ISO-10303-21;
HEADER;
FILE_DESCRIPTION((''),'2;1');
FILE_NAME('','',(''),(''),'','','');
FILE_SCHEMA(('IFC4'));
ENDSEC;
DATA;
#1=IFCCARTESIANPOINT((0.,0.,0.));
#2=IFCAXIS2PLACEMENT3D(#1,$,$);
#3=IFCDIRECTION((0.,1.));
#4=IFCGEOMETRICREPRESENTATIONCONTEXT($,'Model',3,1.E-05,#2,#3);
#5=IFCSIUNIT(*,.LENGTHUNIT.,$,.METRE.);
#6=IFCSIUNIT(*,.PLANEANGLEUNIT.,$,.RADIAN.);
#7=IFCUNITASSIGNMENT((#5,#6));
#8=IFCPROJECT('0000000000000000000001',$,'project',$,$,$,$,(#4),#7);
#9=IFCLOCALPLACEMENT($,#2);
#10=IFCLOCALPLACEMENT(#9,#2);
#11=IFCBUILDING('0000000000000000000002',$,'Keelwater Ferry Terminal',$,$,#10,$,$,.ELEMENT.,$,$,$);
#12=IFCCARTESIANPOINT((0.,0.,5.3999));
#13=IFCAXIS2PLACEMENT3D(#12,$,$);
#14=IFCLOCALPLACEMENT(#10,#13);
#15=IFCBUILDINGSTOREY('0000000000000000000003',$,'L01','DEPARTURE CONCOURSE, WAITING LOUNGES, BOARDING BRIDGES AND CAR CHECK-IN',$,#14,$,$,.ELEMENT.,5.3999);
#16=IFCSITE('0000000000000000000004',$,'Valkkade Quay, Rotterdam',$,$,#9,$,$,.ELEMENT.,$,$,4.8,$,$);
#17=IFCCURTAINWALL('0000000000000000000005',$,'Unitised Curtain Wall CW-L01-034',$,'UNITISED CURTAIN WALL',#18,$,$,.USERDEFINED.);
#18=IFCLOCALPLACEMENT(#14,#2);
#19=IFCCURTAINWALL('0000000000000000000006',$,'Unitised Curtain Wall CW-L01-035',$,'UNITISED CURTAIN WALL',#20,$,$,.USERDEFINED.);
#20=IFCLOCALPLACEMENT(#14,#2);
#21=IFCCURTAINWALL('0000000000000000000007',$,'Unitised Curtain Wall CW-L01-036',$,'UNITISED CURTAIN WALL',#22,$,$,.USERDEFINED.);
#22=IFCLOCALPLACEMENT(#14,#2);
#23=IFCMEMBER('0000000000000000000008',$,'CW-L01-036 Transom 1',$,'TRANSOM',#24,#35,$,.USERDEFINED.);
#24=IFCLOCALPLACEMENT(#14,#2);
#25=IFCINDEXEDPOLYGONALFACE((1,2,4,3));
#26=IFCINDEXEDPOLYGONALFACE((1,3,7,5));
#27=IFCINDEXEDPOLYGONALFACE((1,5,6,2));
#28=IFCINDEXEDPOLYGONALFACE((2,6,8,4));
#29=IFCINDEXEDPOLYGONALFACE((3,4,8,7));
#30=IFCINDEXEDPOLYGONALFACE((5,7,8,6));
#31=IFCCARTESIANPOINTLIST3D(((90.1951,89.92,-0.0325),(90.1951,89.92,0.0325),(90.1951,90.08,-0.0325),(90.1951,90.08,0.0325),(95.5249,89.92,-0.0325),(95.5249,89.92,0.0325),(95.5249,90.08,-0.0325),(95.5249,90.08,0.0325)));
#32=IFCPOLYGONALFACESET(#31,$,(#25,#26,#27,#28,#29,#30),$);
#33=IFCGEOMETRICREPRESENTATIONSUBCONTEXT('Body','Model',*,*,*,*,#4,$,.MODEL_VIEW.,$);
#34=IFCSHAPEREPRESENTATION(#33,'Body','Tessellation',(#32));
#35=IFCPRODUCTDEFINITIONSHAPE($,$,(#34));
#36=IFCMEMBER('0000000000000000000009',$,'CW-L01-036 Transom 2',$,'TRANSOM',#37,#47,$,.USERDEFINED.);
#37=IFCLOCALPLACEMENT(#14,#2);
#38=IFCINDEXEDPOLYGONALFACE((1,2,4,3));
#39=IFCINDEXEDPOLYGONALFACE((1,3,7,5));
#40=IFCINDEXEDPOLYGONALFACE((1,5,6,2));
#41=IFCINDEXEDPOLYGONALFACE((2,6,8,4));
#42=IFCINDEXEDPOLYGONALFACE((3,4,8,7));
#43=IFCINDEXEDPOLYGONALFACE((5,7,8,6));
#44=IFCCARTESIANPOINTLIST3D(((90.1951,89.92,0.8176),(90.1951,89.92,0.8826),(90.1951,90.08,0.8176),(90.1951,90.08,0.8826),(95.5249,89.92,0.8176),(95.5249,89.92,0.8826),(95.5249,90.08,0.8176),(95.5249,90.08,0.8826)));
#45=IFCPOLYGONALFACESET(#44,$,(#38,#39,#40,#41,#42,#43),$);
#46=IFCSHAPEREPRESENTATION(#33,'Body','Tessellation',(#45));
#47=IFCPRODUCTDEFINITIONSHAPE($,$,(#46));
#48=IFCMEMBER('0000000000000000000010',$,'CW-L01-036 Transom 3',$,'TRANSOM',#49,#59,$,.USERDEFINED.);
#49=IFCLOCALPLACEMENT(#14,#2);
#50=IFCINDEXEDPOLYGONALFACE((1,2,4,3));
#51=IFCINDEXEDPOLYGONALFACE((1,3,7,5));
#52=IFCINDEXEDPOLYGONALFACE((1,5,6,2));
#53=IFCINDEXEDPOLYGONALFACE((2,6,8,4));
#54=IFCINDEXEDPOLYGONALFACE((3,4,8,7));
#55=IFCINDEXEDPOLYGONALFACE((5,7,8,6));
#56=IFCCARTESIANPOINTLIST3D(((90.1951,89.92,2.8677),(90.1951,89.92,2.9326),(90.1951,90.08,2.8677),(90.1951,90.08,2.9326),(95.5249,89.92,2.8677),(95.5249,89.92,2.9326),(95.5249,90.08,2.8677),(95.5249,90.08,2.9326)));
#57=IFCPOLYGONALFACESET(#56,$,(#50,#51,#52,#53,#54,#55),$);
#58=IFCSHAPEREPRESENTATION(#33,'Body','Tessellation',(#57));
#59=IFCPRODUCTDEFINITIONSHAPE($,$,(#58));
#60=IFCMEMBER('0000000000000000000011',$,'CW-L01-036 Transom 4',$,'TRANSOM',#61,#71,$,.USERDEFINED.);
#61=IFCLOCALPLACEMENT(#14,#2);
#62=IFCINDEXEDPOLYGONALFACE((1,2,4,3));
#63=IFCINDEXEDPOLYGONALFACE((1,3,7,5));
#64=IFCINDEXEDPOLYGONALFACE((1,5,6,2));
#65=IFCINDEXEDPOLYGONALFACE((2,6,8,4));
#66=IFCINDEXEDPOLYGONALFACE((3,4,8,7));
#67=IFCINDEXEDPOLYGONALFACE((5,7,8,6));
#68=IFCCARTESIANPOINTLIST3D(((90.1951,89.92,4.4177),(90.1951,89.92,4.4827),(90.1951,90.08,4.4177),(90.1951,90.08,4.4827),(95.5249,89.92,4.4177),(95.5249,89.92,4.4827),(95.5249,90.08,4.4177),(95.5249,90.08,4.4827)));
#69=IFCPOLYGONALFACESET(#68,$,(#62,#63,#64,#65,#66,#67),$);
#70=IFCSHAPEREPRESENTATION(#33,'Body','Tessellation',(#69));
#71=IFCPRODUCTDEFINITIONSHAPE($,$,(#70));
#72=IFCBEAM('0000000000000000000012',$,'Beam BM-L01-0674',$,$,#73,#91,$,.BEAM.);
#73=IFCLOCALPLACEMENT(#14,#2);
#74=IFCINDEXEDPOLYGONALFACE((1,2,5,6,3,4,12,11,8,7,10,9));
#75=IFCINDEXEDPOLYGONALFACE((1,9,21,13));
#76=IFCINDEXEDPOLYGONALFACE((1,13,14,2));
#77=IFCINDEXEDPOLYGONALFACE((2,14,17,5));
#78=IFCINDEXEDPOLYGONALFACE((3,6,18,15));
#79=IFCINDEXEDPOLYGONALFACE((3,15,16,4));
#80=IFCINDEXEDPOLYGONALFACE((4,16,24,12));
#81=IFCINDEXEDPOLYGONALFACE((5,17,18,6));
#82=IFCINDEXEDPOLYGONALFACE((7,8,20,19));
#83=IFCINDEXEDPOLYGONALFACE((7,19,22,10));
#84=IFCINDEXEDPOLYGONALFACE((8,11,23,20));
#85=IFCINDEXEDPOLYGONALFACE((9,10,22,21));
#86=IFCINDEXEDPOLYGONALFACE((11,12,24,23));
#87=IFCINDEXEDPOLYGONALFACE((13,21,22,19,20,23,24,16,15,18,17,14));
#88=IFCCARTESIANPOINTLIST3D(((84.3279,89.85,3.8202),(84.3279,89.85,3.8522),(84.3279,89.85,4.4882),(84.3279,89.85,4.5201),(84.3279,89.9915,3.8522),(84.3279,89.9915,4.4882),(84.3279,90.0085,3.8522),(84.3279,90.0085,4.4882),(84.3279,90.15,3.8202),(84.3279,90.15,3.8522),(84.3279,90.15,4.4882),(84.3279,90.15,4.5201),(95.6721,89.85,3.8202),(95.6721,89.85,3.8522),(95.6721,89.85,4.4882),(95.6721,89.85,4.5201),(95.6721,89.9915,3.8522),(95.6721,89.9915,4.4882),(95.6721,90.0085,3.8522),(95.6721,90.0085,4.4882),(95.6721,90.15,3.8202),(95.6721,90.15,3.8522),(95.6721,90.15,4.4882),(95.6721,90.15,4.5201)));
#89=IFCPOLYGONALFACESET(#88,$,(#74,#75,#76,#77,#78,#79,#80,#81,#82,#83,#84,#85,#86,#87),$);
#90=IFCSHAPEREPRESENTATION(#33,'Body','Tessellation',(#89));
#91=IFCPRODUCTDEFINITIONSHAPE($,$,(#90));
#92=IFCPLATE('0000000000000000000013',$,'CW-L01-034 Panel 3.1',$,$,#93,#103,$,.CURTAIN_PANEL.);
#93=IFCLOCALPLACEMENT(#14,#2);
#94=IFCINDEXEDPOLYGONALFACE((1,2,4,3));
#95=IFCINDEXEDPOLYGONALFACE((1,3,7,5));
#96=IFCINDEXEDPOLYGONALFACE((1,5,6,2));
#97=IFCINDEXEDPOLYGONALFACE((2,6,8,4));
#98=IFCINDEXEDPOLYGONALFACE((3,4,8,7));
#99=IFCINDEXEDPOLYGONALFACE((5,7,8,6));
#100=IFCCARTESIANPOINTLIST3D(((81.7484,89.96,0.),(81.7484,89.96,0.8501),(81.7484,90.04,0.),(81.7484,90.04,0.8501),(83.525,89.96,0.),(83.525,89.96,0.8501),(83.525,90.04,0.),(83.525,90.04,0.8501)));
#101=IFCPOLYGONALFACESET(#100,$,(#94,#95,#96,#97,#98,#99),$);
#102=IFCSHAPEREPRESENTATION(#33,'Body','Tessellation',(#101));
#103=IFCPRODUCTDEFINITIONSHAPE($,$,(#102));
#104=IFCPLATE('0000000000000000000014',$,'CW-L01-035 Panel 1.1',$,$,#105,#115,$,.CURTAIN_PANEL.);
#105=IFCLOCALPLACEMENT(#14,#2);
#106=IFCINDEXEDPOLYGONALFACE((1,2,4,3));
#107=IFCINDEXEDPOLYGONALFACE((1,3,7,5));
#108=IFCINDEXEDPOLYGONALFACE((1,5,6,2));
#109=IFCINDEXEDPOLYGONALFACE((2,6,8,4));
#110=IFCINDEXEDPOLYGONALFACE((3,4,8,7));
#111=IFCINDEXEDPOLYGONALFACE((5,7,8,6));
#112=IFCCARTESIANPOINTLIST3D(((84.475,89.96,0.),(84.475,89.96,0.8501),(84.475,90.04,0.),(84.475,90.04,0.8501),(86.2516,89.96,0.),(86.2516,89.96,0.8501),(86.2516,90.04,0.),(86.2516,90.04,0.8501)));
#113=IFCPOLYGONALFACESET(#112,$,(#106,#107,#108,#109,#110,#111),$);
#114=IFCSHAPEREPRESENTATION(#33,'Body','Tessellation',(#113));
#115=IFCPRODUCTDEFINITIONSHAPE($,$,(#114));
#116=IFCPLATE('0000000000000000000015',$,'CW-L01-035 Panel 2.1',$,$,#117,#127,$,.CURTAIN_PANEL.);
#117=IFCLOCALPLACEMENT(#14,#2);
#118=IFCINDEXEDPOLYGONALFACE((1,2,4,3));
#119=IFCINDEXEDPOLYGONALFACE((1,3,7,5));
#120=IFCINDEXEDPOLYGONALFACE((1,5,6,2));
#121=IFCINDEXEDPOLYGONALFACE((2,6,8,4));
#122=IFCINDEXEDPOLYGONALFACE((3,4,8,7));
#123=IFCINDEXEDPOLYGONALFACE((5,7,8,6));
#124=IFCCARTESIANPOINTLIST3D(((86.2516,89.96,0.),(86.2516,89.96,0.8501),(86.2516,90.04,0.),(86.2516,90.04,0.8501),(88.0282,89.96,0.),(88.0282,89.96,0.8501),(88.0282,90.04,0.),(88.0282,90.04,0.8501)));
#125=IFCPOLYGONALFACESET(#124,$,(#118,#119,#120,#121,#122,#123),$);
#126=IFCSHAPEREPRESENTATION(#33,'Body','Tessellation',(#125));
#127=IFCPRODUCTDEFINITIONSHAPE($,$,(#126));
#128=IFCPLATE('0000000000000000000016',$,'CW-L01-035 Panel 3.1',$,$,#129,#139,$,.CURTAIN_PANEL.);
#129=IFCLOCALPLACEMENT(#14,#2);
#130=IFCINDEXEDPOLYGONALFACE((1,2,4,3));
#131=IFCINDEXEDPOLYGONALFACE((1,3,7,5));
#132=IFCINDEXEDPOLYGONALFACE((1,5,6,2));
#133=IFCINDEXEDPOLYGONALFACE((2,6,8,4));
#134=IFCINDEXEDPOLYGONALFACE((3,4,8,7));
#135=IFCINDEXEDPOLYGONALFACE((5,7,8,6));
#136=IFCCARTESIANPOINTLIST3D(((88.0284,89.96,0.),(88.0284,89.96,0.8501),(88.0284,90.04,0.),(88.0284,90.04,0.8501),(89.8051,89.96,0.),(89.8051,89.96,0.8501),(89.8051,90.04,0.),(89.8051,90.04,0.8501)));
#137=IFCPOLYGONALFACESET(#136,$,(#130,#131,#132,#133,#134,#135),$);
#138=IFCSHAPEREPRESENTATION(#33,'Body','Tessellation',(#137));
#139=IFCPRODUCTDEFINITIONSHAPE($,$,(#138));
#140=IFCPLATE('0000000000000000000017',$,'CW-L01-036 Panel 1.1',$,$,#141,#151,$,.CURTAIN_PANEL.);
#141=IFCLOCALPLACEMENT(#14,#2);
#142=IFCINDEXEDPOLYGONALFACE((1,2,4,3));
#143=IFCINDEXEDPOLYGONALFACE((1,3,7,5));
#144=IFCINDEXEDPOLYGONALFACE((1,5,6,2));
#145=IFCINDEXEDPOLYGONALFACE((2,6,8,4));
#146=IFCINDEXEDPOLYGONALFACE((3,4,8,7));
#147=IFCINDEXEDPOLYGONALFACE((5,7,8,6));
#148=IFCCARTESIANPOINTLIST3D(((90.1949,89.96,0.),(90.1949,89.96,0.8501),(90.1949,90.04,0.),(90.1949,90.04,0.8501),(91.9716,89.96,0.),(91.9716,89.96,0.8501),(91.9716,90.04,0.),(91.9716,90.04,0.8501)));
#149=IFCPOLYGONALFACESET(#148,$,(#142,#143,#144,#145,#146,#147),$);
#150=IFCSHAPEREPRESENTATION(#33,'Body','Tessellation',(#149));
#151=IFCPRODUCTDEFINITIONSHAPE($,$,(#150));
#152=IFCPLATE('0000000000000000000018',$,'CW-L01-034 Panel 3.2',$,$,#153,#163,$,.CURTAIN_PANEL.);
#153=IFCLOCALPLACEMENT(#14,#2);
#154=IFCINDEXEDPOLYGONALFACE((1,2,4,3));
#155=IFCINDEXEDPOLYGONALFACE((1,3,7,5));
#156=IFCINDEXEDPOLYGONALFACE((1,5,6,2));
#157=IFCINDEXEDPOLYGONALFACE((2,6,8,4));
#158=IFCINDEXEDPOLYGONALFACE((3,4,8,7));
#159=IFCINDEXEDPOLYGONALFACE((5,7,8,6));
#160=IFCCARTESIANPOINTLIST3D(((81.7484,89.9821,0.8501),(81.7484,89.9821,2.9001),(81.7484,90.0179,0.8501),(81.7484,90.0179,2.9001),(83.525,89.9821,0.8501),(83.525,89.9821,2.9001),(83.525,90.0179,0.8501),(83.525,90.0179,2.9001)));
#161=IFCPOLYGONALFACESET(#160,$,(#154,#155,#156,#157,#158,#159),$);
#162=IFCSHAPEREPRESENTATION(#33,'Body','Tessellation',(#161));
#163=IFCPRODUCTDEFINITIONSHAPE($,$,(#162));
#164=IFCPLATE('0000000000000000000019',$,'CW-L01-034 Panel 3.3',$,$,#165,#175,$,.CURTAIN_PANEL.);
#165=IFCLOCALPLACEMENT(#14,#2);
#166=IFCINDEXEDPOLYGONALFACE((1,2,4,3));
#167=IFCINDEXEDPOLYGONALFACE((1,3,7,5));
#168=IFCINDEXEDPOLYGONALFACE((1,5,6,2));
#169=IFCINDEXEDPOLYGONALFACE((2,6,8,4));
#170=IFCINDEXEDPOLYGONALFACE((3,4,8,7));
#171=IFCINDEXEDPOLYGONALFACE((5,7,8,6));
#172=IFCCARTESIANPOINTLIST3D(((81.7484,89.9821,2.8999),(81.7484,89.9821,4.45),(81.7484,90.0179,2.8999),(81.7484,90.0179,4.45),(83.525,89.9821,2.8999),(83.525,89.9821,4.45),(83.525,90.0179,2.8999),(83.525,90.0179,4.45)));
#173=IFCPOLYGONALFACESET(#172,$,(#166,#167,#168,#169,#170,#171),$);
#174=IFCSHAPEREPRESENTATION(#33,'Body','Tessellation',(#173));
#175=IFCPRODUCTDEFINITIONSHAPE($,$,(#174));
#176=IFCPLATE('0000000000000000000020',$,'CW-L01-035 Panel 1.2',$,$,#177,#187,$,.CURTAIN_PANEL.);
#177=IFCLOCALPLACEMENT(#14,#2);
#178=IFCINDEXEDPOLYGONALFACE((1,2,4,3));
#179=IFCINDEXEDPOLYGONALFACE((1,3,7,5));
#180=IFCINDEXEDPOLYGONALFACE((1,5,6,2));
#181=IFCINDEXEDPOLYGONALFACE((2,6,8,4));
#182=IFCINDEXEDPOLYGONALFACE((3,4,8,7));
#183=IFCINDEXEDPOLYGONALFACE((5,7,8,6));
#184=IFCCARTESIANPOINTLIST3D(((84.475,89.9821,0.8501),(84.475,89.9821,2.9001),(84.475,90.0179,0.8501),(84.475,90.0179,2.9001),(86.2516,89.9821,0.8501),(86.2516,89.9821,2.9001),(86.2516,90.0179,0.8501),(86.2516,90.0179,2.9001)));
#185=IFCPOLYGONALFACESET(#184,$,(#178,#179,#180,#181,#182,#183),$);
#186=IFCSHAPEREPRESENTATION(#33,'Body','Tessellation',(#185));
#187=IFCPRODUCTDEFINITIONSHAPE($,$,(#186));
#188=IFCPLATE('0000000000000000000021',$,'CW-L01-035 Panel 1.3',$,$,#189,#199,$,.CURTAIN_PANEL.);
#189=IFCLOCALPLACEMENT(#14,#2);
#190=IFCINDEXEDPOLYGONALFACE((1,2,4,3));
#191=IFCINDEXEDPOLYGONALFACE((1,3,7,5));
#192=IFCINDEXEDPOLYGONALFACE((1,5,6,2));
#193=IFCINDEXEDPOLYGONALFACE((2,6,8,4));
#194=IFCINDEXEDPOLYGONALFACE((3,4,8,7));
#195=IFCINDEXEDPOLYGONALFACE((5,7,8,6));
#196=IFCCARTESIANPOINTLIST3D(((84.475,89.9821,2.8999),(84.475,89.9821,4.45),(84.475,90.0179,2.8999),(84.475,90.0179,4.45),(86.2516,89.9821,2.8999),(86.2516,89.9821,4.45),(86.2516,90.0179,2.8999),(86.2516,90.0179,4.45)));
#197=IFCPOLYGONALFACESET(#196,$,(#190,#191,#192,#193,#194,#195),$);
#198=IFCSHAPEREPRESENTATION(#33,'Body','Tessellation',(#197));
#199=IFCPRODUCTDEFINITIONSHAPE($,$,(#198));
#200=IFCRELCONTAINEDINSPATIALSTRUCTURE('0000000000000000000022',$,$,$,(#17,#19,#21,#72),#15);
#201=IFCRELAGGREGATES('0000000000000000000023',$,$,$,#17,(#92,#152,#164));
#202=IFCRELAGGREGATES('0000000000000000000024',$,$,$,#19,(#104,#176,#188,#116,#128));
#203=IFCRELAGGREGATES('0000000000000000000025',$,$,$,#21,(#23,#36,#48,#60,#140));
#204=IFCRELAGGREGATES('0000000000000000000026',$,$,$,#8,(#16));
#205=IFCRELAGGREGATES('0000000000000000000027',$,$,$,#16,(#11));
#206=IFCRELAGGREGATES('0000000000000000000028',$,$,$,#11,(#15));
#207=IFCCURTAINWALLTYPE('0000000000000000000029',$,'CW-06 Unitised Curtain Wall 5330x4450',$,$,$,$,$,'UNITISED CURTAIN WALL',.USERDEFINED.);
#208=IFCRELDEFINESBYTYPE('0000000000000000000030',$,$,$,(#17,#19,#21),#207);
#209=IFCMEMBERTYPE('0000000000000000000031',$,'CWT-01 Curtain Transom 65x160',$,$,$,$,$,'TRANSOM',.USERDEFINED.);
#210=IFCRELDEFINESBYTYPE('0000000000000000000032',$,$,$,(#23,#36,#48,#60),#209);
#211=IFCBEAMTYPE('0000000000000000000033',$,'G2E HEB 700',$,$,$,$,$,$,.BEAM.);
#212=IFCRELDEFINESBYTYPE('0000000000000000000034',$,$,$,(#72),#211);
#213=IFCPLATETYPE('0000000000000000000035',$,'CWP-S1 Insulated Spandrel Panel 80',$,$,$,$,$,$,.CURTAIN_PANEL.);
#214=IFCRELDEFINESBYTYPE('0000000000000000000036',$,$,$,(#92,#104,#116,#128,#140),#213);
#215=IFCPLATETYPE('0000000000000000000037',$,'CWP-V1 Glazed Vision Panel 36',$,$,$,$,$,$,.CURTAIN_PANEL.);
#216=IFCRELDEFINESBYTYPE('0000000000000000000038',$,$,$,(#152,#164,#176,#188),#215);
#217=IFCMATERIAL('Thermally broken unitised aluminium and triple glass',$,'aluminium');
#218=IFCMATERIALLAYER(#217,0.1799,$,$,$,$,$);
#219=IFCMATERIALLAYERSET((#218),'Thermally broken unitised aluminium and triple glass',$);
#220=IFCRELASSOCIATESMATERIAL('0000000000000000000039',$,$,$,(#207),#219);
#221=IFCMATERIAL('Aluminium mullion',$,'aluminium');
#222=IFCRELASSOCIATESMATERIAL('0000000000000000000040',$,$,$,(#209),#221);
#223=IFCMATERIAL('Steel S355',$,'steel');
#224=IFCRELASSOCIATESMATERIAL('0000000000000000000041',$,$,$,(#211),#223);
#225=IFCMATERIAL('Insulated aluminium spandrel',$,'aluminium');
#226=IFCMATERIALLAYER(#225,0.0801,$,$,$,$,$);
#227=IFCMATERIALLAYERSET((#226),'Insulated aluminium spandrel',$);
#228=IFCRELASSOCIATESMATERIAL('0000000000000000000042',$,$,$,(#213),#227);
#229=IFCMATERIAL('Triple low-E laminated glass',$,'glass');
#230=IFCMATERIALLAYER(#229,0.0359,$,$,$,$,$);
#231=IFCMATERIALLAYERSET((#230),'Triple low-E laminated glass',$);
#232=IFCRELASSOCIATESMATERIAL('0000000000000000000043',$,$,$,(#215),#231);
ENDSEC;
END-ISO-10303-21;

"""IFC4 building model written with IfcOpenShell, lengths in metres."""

from ifc_helpers import new_model, si_unit, direction, frame, origin, origin_2d, place, context, subcontext, project, spatial, rectangle, i_section, extrude, material, layer, layer_set, material_profile, profile_set, type_object, element, aggregate, save


model = new_model("IFC4")

# Units and contexts
model_context = context("Model", 3, precision=1e-05, world=origin(), true_north=direction((0.0, 1.0)))
body_context = subcontext(model_context, "Body", "Model", "MODEL_VIEW")
ifc_project = project(units=[si_unit("LENGTHUNIT", "METRE"), si_unit("PLANEANGLEUNIT", "RADIAN")], contexts=[model_context])

# Site, building, storey
site_placement = place(None, origin())
site = spatial("IfcSite", under=ifc_project, at=site_placement, Name="Valkkade Quay, Rotterdam", CompositionType="ELEMENT", RefElevation=4.8)
building_placement = place(site_placement, origin())
building = spatial("IfcBuilding", under=site, at=building_placement, Name="Keelwater Ferry Terminal", CompositionType="ELEMENT")
storey_placement = place(building_placement, frame((0.0, 0.0, 5.3999)))
storey = spatial("IfcBuildingStorey", under=building, at=storey_placement, Name="L01", Description="DEPARTURE CONCOURSE, WAITING LOUNGES, BOARDING BRIDGES AND CAR CHECK-IN", CompositionType="ELEMENT", Elevation=5.3999)

# Curtain walls
ifc_material_1 = material(Name="Thermally broken unitised aluminium and triple glass", Category="aluminium")
ifc_layer_1 = layer(ifc_material_1, 0.1799)
ifc_layer_set_1 = layer_set([ifc_layer_1], Name="Thermally broken unitised aluminium and triple glass")
curtain_wall_type = type_object("IfcCurtainWallType", Name="CW-06 Unitised Curtain Wall 5330x4450", ElementType="UNITISED CURTAIN WALL", PredefinedType="USERDEFINED", material=ifc_layer_set_1)
curtain_wall_1_placement = place(storey_placement, origin())
curtain_wall_1 = element("IfcCurtainWall", 1, at=curtain_wall_1_placement, inside=storey, type_object=curtain_wall_type, Name="Unitised Curtain Wall CW-L01-034", ObjectType="UNITISED CURTAIN WALL", PredefinedType="USERDEFINED")
curtain_wall_2_placement = place(storey_placement, origin())
curtain_wall_2 = element("IfcCurtainWall", 2, at=curtain_wall_2_placement, inside=storey, type_object=curtain_wall_type, Name="Unitised Curtain Wall CW-L01-035", ObjectType="UNITISED CURTAIN WALL", PredefinedType="USERDEFINED")

# Curtain wall
curtain_wall_3_placement = place(storey_placement, origin())
curtain_wall_3 = element("IfcCurtainWall", 3, at=curtain_wall_3_placement, inside=storey, type_object=curtain_wall_type, Name="Unitised Curtain Wall CW-L01-036", ObjectType="UNITISED CURTAIN WALL", PredefinedType="USERDEFINED")

# Members
ifc_material_2 = material(Name="Aluminium mullion", Category="aluminium")
ifc_material_profile_1 = material_profile(ifc_material_2, rectangle(XDim=0.1599, YDim=0.0649, at=origin_2d()), Name="CWT-01")
ifc_profile_set_1 = profile_set([ifc_material_profile_1], Name="Aluminium mullion")
member_type_1 = type_object("IfcMemberType", Name="CWT-01 Curtain Transom 65x160", ElementType="TRANSOM", PredefinedType="USERDEFINED", material=ifc_profile_set_1)
member_1_placement = place(storey_placement, frame((90.1951, 90.0, 0.0), z_axis=(1.0, 0.0, 0.0), x_axis=(0.0, 1.0, 0.0)))
member_1 = element("IfcMember", 4, at=member_1_placement, type_object=member_type_1, Name="CW-L01-036 Transom 1", ObjectType="TRANSOM", PredefinedType="USERDEFINED", context=body_context, shape_type="SweptSolid", body=[
    extrude(rectangle(XDim=0.1599, YDim=0.0649, at=origin_2d()), origin(), (0.0, 0.0, 1.0), 5.3298),
])
member_2_placement = place(storey_placement, frame((90.1951, 90.0, 0.8501), z_axis=(1.0, 0.0, 0.0), x_axis=(0.0, 1.0, 0.0)))
member_2 = element("IfcMember", 5, at=member_2_placement, type_object=member_type_1, Name="CW-L01-036 Transom 2", ObjectType="TRANSOM", PredefinedType="USERDEFINED", context=body_context, shape_type="SweptSolid", body=[
    extrude(rectangle(XDim=0.1599, YDim=0.0649, at=origin_2d()), origin(), (0.0, 0.0, 1.0), 5.3298),
])
member_3_placement = place(storey_placement, frame((90.1951, 90.0, 2.9001), z_axis=(1.0, 0.0, 0.0), x_axis=(0.0, 1.0, 0.0)))
member_3 = element("IfcMember", 6, at=member_3_placement, type_object=member_type_1, Name="CW-L01-036 Transom 3", ObjectType="TRANSOM", PredefinedType="USERDEFINED", context=body_context, shape_type="SweptSolid", body=[
    extrude(rectangle(XDim=0.1599, YDim=0.0649, at=origin_2d()), origin(), (0.0, 0.0, 1.0), 5.3298),
])
member_4_placement = place(storey_placement, frame((90.1951, 90.0, 4.4502), z_axis=(1.0, 0.0, 0.0), x_axis=(0.0, 1.0, 0.0)))
member_4 = element("IfcMember", 7, at=member_4_placement, type_object=member_type_1, Name="CW-L01-036 Transom 4", ObjectType="TRANSOM", PredefinedType="USERDEFINED", context=body_context, shape_type="SweptSolid", body=[
    extrude(rectangle(XDim=0.1599, YDim=0.0649, at=origin_2d()), origin(), (0.0, 0.0, 1.0), 5.3298),
])

# Beam
ifc_material_3 = material(Name="Steel S355", Category="steel")
ifc_material_profile_2 = material_profile(ifc_material_3, i_section(OverallWidth=0.3, OverallDepth=0.7, WebThickness=0.0171, FlangeThickness=0.032, at=origin_2d()), Name="HEB 700")
ifc_profile_set_2 = profile_set([ifc_material_profile_2], Name="Steel S355")
beam_type = type_object("IfcBeamType", Name="G2E HEB 700", PredefinedType="BEAM", material=ifc_profile_set_2)
beam_placement = place(storey_placement, frame((84.3279, 90.0, 4.1702), z_axis=(1.0, 0.0, 0.0), x_axis=(0.0, 1.0, 0.0)))
element("IfcBeam", 8, at=beam_placement, inside=storey, type_object=beam_type, Name="Beam BM-L01-0674", PredefinedType="BEAM", context=body_context, shape_type="SweptSolid", body=[
    extrude(i_section(OverallWidth=0.3, OverallDepth=0.7, WebThickness=0.0171, FlangeThickness=0.032, at=origin_2d()), origin(), (0.0, 0.0, 1.0), 11.3442),
])

# Plates
ifc_material_4 = material(Name="Insulated aluminium spandrel", Category="aluminium")
ifc_layer_2 = layer(ifc_material_4, 0.0801)
ifc_layer_set_2 = layer_set([ifc_layer_2], Name="Insulated aluminium spandrel")
plate_type_1 = type_object("IfcPlateType", Name="CWP-S1 Insulated Spandrel Panel 80", PredefinedType="CURTAIN_PANEL", material=ifc_layer_set_2)
plate_1_placement = place(storey_placement, frame((82.6367, 90.0, 0.0), z_axis=(0.0, 0.0, 1.0), x_axis=(1.0, 0.0, 0.0)))
plate_1 = element("IfcPlate", 9, at=plate_1_placement, type_object=plate_type_1, Name="CW-L01-034 Panel 3.1", PredefinedType="CURTAIN_PANEL", context=body_context, shape_type="SweptSolid", body=[
    extrude(rectangle(XDim=1.7766, YDim=0.0801, at=origin_2d()), origin(), (0.0, 0.0, 1.0), 0.8501),
])
plate_2_placement = place(storey_placement, frame((85.3633, 90.0, 0.0), z_axis=(0.0, 0.0, 1.0), x_axis=(1.0, 0.0, 0.0)))
plate_2 = element("IfcPlate", 10, at=plate_2_placement, type_object=plate_type_1, Name="CW-L01-035 Panel 1.1", PredefinedType="CURTAIN_PANEL", context=body_context, shape_type="SweptSolid", body=[
    extrude(rectangle(XDim=1.7766, YDim=0.0801, at=origin_2d()), origin(), (0.0, 0.0, 1.0), 0.8501),
])
plate_3_placement = place(storey_placement, frame((87.1399, 90.0, 0.0), z_axis=(0.0, 0.0, 1.0), x_axis=(1.0, 0.0, 0.0)))
plate_3 = element("IfcPlate", 11, at=plate_3_placement, type_object=plate_type_1, Name="CW-L01-035 Panel 2.1", PredefinedType="CURTAIN_PANEL", context=body_context, shape_type="SweptSolid", body=[
    extrude(rectangle(XDim=1.7766, YDim=0.0801, at=origin_2d()), origin(), (0.0, 0.0, 1.0), 0.8501),
])
plate_4_placement = place(storey_placement, frame((88.9167, 90.0, 0.0), z_axis=(0.0, 0.0, 1.0), x_axis=(1.0, 0.0, 0.0)))
plate_4 = element("IfcPlate", 12, at=plate_4_placement, type_object=plate_type_1, Name="CW-L01-035 Panel 3.1", PredefinedType="CURTAIN_PANEL", context=body_context, shape_type="SweptSolid", body=[
    extrude(rectangle(XDim=1.7766, YDim=0.0801, at=origin_2d()), origin(), (0.0, 0.0, 1.0), 0.8501),
])
plate_5_placement = place(storey_placement, frame((91.0833, 90.0, 0.0), z_axis=(0.0, 0.0, 1.0), x_axis=(1.0, 0.0, 0.0)))
plate_5 = element("IfcPlate", 13, at=plate_5_placement, type_object=plate_type_1, Name="CW-L01-036 Panel 1.1", PredefinedType="CURTAIN_PANEL", context=body_context, shape_type="SweptSolid", body=[
    extrude(rectangle(XDim=1.7766, YDim=0.0801, at=origin_2d()), origin(), (0.0, 0.0, 1.0), 0.8501),
])
ifc_material_5 = material(Name="Triple low-E laminated glass", Category="glass")
ifc_layer_3 = layer(ifc_material_5, 0.0359)
ifc_layer_set_3 = layer_set([ifc_layer_3], Name="Triple low-E laminated glass")
plate_type_2 = type_object("IfcPlateType", Name="CWP-V1 Glazed Vision Panel 36", PredefinedType="CURTAIN_PANEL", material=ifc_layer_set_3)
plate_6_placement = place(storey_placement, frame((82.6367, 90.0, 0.8501), z_axis=(0.0, 0.0, 1.0), x_axis=(1.0, 0.0, 0.0)))
plate_6 = element("IfcPlate", 14, at=plate_6_placement, type_object=plate_type_2, Name="CW-L01-034 Panel 3.2", PredefinedType="CURTAIN_PANEL", context=body_context, shape_type="SweptSolid", body=[
    extrude(rectangle(XDim=1.7766, YDim=0.0359, at=origin_2d()), origin(), (0.0, 0.0, 1.0), 2.05),
])
plate_7_placement = place(storey_placement, frame((82.6367, 90.0, 2.8999), z_axis=(0.0, 0.0, 1.0), x_axis=(1.0, 0.0, 0.0)))
plate_7 = element("IfcPlate", 15, at=plate_7_placement, type_object=plate_type_2, Name="CW-L01-034 Panel 3.3", PredefinedType="CURTAIN_PANEL", context=body_context, shape_type="SweptSolid", body=[
    extrude(rectangle(XDim=1.7766, YDim=0.0359, at=origin_2d()), origin(), (0.0, 0.0, 1.0), 1.55),
])
aggregate(curtain_wall_1, [plate_1, plate_6, plate_7])
plate_8_placement = place(storey_placement, frame((85.3633, 90.0, 0.8501), z_axis=(0.0, 0.0, 1.0), x_axis=(1.0, 0.0, 0.0)))
plate_8 = element("IfcPlate", 16, at=plate_8_placement, type_object=plate_type_2, Name="CW-L01-035 Panel 1.2", PredefinedType="CURTAIN_PANEL", context=body_context, shape_type="SweptSolid", body=[
    extrude(rectangle(XDim=1.7766, YDim=0.0359, at=origin_2d()), origin(), (0.0, 0.0, 1.0), 2.05),
])
plate_9_placement = place(storey_placement, frame((85.3633, 90.0, 2.8999), z_axis=(0.0, 0.0, 1.0), x_axis=(1.0, 0.0, 0.0)))
plate_9 = element("IfcPlate", 17, at=plate_9_placement, type_object=plate_type_2, Name="CW-L01-035 Panel 1.3", PredefinedType="CURTAIN_PANEL", context=body_context, shape_type="SweptSolid", body=[
    extrude(rectangle(XDim=1.7766, YDim=0.0359, at=origin_2d()), origin(), (0.0, 0.0, 1.0), 1.55),
])
aggregate(curtain_wall_2, [plate_2, plate_8, plate_9, plate_3, plate_4])
aggregate(curtain_wall_3, [member_1, member_2, member_3, member_4, plate_5])

save(model, "model.ifc")
